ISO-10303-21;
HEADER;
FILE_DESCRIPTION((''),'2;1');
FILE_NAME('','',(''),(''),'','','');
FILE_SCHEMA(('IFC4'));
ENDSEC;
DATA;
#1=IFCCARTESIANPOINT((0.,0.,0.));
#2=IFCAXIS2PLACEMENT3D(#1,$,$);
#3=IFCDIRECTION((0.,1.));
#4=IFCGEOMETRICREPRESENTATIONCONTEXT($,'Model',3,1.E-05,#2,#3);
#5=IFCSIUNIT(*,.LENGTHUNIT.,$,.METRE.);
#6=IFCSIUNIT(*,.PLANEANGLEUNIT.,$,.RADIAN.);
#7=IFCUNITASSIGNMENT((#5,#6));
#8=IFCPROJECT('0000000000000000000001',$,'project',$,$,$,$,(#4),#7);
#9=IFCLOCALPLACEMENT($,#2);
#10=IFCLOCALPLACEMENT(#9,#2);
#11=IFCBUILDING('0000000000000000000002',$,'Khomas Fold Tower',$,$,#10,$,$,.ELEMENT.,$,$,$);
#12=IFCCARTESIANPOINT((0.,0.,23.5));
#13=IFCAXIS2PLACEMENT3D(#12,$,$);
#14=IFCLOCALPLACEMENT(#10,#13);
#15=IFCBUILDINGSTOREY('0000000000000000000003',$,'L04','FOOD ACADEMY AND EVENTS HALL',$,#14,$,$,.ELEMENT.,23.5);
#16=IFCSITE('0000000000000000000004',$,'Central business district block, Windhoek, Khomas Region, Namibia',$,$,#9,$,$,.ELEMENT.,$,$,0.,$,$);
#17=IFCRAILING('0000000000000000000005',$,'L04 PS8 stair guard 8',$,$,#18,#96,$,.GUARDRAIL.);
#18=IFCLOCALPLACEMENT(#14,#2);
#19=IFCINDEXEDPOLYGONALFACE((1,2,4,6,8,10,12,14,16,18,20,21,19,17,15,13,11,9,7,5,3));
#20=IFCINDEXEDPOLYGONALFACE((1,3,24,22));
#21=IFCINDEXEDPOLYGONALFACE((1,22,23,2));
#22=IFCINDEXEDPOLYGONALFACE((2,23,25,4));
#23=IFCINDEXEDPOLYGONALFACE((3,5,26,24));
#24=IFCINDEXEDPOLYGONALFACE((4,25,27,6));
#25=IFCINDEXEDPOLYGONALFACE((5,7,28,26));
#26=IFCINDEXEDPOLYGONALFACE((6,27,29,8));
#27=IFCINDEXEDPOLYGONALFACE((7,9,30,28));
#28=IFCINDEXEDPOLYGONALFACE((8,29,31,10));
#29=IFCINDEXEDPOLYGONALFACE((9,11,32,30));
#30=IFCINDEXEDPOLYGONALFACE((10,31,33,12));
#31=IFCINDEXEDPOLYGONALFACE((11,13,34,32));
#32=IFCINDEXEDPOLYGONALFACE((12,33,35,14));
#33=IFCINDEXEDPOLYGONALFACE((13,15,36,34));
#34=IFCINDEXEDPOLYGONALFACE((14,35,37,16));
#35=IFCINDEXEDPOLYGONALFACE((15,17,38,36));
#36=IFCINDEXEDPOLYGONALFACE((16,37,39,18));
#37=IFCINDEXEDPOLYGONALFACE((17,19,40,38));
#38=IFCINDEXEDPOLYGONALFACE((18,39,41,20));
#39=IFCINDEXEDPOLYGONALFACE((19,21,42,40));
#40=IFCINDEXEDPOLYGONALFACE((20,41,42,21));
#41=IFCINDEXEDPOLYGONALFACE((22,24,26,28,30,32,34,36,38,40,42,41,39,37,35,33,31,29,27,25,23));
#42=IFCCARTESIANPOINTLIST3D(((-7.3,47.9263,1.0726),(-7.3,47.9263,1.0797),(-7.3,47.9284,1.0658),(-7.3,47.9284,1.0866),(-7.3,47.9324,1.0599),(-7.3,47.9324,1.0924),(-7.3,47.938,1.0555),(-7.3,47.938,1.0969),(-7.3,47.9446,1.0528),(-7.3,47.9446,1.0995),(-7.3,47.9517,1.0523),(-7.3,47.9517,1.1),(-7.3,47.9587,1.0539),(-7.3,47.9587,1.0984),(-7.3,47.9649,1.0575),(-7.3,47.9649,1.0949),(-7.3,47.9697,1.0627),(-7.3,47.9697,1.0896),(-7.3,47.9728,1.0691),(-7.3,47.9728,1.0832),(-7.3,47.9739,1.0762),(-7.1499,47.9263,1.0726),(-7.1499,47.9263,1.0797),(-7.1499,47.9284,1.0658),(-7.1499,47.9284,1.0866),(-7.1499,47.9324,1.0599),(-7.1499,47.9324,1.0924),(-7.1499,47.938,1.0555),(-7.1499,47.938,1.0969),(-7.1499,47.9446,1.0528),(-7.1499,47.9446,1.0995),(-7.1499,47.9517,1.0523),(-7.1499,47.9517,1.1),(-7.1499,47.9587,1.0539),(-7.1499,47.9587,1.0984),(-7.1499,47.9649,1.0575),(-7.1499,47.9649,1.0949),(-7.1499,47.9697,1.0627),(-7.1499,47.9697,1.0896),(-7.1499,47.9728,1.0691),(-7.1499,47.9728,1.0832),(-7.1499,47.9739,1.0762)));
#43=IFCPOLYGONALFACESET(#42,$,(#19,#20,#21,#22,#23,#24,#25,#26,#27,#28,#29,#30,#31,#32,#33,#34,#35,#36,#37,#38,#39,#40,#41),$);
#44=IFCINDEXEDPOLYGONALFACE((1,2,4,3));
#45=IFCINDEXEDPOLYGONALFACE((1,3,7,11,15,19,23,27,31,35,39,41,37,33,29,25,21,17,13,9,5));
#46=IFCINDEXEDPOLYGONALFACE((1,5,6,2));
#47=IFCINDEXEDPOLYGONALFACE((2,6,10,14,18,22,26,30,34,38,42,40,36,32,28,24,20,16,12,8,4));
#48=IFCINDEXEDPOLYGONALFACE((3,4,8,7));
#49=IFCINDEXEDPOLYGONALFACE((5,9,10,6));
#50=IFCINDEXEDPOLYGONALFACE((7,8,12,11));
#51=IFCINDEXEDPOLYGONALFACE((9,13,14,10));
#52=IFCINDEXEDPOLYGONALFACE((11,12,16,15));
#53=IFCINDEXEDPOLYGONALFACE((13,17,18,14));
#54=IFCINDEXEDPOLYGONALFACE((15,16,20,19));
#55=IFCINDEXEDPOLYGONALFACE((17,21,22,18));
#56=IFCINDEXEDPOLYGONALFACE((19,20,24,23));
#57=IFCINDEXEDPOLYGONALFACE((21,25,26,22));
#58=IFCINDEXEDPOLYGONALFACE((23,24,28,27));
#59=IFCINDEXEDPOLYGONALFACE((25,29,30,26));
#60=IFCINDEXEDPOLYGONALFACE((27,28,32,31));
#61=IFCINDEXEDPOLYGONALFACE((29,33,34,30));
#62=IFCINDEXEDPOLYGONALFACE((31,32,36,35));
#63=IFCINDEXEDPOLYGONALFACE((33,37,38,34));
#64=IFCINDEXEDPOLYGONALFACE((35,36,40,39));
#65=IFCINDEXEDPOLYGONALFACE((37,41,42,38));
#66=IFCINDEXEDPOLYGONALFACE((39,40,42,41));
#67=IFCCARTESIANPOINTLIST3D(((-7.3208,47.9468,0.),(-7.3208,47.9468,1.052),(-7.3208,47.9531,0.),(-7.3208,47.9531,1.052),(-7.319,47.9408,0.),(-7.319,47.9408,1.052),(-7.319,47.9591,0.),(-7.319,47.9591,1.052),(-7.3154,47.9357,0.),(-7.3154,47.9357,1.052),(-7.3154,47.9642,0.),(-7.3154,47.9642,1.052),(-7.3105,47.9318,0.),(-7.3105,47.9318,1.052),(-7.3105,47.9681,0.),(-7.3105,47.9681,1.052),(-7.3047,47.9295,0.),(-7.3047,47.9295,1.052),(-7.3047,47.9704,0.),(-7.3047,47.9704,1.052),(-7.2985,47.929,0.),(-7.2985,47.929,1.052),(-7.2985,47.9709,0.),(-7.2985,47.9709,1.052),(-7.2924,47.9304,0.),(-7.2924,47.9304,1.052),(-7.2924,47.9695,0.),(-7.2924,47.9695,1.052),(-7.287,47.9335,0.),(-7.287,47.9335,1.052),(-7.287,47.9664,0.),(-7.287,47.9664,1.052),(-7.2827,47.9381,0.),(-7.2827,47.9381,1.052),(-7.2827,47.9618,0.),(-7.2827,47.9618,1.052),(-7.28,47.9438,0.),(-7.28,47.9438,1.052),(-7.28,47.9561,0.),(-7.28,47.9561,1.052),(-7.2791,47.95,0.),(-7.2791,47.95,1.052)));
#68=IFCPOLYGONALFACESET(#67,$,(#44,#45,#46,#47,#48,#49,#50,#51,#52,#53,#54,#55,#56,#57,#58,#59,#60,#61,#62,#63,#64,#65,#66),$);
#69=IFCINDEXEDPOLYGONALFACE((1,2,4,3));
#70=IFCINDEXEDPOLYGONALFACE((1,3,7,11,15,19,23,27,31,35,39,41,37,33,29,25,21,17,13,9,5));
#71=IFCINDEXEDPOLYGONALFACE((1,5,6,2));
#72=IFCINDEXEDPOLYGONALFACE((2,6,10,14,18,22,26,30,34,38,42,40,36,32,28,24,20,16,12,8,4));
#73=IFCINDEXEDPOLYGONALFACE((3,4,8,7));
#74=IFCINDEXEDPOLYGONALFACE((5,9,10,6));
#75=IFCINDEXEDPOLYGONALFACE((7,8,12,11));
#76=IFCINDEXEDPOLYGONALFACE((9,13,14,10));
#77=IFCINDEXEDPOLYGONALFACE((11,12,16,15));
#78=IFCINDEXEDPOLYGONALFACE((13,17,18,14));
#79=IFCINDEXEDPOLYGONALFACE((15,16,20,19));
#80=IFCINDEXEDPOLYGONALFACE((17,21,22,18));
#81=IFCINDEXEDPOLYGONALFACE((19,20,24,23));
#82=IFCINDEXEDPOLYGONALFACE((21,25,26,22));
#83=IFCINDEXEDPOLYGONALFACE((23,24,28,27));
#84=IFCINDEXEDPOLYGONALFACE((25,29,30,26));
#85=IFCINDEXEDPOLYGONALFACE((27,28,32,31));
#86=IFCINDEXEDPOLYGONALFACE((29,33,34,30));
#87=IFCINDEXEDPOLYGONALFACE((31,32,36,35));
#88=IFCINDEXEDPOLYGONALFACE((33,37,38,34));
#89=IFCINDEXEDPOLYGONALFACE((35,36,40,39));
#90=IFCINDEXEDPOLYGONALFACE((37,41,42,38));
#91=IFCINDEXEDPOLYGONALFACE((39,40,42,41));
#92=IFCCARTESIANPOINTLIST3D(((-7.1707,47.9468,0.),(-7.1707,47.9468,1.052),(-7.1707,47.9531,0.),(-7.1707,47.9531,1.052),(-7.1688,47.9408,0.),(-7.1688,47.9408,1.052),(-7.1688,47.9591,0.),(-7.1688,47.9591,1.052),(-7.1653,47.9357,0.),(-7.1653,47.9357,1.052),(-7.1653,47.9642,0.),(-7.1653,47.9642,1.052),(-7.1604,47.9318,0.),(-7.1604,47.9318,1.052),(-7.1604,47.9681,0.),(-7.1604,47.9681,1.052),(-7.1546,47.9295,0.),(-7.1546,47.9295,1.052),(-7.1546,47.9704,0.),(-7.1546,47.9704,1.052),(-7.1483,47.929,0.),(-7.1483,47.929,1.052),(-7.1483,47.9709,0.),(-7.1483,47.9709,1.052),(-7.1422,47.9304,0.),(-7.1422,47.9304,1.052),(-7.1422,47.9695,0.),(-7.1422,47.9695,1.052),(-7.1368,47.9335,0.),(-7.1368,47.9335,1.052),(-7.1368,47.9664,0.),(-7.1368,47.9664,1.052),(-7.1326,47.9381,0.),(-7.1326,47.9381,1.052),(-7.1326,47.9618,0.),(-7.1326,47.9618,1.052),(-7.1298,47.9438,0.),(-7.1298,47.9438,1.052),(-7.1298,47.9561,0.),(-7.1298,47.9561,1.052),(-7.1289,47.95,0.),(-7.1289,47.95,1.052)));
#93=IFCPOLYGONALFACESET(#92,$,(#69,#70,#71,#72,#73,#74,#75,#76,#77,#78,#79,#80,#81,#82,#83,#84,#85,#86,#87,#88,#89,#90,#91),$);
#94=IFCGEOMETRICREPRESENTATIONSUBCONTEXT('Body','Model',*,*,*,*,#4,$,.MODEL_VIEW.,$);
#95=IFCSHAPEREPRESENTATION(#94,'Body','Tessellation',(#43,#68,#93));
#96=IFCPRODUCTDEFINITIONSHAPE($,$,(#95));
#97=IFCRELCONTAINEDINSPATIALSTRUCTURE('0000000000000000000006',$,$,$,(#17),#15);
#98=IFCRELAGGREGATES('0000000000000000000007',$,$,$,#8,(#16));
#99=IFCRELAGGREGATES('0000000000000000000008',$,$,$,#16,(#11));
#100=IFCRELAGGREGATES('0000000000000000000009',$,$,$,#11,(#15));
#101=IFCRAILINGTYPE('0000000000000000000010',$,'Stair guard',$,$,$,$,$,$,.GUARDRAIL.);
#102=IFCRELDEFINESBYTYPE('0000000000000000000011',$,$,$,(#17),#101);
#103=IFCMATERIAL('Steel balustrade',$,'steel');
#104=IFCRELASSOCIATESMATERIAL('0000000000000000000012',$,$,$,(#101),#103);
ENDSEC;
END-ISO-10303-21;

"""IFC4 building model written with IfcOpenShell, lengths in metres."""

from ifc_helpers import new_model, si_unit, direction, frame, origin, origin_2d, place, context, subcontext, project, spatial, circle, extrude, source, transform, mapped, material, type_object, element, save


model = new_model("IFC4")

# Units and contexts
model_context = context("Model", 3, precision=1e-05, world=origin(), true_north=direction((0.0, 1.0)))
body_context = subcontext(model_context, "Body", "Model", "MODEL_VIEW")
ifc_project = project(units=[si_unit("LENGTHUNIT", "METRE"), si_unit("PLANEANGLEUNIT", "RADIAN")], contexts=[model_context])

# Site, building, storey
site_placement = place(None, origin())
site = spatial("IfcSite", under=ifc_project, at=site_placement, Name="Central business district block, Windhoek, Khomas Region, Namibia", CompositionType="ELEMENT", RefElevation=0.0)
building_placement = place(site_placement, origin())
building = spatial("IfcBuilding", under=site, at=building_placement, Name="Khomas Fold Tower", CompositionType="ELEMENT")
storey_placement = place(building_placement, frame((0.0, 0.0, 23.5)))
storey = spatial("IfcBuildingStorey", under=building, at=storey_placement, Name="L04", Description="FOOD ACADEMY AND EVENTS HALL", CompositionType="ELEMENT", Elevation=23.5)

# Railing
ifc_material_1 = material(Name="Steel balustrade", Category="steel")
railing_type_1 = type_object("IfcRailingType", Name="Stair guard", PredefinedType="GUARDRAIL", material=ifc_material_1)
shared_shape_1 = source(origin(), body_context, "Body", "SweptSolid", [
    extrude(circle(Radius=0.0239, at=origin_2d()), frame((0.0, 0.0, 1.0762), z_axis=(1.0, 0.0, 0.0), x_axis=(0.0, 1.0, 0.0)), (0.0, 0.0, 1.0), 0.1501),
    extrude(circle(Radius=0.021, at=origin_2d()), origin(), (0.0, 0.0, 1.0), 1.052),
    extrude(circle(Radius=0.021, at=origin_2d()), frame((0.1501, 0.0, 0.0)), (0.0, 0.0, 1.0), 1.052),
])
for number, where, name in (
    (1, (-7.3, 47.95, 0.0), "L04 PS8 stair guard 8"),
):
    element("IfcRailing", number, at=place(storey_placement, frame(where)), inside=storey, type_object=railing_type_1, Name=name, PredefinedType="GUARDRAIL", context=body_context, shape_type="MappedRepresentation", body=[
        mapped(shared_shape_1, transform((0.0, 0.0, 0.0))),
    ])

save(model, "model.ifc")
